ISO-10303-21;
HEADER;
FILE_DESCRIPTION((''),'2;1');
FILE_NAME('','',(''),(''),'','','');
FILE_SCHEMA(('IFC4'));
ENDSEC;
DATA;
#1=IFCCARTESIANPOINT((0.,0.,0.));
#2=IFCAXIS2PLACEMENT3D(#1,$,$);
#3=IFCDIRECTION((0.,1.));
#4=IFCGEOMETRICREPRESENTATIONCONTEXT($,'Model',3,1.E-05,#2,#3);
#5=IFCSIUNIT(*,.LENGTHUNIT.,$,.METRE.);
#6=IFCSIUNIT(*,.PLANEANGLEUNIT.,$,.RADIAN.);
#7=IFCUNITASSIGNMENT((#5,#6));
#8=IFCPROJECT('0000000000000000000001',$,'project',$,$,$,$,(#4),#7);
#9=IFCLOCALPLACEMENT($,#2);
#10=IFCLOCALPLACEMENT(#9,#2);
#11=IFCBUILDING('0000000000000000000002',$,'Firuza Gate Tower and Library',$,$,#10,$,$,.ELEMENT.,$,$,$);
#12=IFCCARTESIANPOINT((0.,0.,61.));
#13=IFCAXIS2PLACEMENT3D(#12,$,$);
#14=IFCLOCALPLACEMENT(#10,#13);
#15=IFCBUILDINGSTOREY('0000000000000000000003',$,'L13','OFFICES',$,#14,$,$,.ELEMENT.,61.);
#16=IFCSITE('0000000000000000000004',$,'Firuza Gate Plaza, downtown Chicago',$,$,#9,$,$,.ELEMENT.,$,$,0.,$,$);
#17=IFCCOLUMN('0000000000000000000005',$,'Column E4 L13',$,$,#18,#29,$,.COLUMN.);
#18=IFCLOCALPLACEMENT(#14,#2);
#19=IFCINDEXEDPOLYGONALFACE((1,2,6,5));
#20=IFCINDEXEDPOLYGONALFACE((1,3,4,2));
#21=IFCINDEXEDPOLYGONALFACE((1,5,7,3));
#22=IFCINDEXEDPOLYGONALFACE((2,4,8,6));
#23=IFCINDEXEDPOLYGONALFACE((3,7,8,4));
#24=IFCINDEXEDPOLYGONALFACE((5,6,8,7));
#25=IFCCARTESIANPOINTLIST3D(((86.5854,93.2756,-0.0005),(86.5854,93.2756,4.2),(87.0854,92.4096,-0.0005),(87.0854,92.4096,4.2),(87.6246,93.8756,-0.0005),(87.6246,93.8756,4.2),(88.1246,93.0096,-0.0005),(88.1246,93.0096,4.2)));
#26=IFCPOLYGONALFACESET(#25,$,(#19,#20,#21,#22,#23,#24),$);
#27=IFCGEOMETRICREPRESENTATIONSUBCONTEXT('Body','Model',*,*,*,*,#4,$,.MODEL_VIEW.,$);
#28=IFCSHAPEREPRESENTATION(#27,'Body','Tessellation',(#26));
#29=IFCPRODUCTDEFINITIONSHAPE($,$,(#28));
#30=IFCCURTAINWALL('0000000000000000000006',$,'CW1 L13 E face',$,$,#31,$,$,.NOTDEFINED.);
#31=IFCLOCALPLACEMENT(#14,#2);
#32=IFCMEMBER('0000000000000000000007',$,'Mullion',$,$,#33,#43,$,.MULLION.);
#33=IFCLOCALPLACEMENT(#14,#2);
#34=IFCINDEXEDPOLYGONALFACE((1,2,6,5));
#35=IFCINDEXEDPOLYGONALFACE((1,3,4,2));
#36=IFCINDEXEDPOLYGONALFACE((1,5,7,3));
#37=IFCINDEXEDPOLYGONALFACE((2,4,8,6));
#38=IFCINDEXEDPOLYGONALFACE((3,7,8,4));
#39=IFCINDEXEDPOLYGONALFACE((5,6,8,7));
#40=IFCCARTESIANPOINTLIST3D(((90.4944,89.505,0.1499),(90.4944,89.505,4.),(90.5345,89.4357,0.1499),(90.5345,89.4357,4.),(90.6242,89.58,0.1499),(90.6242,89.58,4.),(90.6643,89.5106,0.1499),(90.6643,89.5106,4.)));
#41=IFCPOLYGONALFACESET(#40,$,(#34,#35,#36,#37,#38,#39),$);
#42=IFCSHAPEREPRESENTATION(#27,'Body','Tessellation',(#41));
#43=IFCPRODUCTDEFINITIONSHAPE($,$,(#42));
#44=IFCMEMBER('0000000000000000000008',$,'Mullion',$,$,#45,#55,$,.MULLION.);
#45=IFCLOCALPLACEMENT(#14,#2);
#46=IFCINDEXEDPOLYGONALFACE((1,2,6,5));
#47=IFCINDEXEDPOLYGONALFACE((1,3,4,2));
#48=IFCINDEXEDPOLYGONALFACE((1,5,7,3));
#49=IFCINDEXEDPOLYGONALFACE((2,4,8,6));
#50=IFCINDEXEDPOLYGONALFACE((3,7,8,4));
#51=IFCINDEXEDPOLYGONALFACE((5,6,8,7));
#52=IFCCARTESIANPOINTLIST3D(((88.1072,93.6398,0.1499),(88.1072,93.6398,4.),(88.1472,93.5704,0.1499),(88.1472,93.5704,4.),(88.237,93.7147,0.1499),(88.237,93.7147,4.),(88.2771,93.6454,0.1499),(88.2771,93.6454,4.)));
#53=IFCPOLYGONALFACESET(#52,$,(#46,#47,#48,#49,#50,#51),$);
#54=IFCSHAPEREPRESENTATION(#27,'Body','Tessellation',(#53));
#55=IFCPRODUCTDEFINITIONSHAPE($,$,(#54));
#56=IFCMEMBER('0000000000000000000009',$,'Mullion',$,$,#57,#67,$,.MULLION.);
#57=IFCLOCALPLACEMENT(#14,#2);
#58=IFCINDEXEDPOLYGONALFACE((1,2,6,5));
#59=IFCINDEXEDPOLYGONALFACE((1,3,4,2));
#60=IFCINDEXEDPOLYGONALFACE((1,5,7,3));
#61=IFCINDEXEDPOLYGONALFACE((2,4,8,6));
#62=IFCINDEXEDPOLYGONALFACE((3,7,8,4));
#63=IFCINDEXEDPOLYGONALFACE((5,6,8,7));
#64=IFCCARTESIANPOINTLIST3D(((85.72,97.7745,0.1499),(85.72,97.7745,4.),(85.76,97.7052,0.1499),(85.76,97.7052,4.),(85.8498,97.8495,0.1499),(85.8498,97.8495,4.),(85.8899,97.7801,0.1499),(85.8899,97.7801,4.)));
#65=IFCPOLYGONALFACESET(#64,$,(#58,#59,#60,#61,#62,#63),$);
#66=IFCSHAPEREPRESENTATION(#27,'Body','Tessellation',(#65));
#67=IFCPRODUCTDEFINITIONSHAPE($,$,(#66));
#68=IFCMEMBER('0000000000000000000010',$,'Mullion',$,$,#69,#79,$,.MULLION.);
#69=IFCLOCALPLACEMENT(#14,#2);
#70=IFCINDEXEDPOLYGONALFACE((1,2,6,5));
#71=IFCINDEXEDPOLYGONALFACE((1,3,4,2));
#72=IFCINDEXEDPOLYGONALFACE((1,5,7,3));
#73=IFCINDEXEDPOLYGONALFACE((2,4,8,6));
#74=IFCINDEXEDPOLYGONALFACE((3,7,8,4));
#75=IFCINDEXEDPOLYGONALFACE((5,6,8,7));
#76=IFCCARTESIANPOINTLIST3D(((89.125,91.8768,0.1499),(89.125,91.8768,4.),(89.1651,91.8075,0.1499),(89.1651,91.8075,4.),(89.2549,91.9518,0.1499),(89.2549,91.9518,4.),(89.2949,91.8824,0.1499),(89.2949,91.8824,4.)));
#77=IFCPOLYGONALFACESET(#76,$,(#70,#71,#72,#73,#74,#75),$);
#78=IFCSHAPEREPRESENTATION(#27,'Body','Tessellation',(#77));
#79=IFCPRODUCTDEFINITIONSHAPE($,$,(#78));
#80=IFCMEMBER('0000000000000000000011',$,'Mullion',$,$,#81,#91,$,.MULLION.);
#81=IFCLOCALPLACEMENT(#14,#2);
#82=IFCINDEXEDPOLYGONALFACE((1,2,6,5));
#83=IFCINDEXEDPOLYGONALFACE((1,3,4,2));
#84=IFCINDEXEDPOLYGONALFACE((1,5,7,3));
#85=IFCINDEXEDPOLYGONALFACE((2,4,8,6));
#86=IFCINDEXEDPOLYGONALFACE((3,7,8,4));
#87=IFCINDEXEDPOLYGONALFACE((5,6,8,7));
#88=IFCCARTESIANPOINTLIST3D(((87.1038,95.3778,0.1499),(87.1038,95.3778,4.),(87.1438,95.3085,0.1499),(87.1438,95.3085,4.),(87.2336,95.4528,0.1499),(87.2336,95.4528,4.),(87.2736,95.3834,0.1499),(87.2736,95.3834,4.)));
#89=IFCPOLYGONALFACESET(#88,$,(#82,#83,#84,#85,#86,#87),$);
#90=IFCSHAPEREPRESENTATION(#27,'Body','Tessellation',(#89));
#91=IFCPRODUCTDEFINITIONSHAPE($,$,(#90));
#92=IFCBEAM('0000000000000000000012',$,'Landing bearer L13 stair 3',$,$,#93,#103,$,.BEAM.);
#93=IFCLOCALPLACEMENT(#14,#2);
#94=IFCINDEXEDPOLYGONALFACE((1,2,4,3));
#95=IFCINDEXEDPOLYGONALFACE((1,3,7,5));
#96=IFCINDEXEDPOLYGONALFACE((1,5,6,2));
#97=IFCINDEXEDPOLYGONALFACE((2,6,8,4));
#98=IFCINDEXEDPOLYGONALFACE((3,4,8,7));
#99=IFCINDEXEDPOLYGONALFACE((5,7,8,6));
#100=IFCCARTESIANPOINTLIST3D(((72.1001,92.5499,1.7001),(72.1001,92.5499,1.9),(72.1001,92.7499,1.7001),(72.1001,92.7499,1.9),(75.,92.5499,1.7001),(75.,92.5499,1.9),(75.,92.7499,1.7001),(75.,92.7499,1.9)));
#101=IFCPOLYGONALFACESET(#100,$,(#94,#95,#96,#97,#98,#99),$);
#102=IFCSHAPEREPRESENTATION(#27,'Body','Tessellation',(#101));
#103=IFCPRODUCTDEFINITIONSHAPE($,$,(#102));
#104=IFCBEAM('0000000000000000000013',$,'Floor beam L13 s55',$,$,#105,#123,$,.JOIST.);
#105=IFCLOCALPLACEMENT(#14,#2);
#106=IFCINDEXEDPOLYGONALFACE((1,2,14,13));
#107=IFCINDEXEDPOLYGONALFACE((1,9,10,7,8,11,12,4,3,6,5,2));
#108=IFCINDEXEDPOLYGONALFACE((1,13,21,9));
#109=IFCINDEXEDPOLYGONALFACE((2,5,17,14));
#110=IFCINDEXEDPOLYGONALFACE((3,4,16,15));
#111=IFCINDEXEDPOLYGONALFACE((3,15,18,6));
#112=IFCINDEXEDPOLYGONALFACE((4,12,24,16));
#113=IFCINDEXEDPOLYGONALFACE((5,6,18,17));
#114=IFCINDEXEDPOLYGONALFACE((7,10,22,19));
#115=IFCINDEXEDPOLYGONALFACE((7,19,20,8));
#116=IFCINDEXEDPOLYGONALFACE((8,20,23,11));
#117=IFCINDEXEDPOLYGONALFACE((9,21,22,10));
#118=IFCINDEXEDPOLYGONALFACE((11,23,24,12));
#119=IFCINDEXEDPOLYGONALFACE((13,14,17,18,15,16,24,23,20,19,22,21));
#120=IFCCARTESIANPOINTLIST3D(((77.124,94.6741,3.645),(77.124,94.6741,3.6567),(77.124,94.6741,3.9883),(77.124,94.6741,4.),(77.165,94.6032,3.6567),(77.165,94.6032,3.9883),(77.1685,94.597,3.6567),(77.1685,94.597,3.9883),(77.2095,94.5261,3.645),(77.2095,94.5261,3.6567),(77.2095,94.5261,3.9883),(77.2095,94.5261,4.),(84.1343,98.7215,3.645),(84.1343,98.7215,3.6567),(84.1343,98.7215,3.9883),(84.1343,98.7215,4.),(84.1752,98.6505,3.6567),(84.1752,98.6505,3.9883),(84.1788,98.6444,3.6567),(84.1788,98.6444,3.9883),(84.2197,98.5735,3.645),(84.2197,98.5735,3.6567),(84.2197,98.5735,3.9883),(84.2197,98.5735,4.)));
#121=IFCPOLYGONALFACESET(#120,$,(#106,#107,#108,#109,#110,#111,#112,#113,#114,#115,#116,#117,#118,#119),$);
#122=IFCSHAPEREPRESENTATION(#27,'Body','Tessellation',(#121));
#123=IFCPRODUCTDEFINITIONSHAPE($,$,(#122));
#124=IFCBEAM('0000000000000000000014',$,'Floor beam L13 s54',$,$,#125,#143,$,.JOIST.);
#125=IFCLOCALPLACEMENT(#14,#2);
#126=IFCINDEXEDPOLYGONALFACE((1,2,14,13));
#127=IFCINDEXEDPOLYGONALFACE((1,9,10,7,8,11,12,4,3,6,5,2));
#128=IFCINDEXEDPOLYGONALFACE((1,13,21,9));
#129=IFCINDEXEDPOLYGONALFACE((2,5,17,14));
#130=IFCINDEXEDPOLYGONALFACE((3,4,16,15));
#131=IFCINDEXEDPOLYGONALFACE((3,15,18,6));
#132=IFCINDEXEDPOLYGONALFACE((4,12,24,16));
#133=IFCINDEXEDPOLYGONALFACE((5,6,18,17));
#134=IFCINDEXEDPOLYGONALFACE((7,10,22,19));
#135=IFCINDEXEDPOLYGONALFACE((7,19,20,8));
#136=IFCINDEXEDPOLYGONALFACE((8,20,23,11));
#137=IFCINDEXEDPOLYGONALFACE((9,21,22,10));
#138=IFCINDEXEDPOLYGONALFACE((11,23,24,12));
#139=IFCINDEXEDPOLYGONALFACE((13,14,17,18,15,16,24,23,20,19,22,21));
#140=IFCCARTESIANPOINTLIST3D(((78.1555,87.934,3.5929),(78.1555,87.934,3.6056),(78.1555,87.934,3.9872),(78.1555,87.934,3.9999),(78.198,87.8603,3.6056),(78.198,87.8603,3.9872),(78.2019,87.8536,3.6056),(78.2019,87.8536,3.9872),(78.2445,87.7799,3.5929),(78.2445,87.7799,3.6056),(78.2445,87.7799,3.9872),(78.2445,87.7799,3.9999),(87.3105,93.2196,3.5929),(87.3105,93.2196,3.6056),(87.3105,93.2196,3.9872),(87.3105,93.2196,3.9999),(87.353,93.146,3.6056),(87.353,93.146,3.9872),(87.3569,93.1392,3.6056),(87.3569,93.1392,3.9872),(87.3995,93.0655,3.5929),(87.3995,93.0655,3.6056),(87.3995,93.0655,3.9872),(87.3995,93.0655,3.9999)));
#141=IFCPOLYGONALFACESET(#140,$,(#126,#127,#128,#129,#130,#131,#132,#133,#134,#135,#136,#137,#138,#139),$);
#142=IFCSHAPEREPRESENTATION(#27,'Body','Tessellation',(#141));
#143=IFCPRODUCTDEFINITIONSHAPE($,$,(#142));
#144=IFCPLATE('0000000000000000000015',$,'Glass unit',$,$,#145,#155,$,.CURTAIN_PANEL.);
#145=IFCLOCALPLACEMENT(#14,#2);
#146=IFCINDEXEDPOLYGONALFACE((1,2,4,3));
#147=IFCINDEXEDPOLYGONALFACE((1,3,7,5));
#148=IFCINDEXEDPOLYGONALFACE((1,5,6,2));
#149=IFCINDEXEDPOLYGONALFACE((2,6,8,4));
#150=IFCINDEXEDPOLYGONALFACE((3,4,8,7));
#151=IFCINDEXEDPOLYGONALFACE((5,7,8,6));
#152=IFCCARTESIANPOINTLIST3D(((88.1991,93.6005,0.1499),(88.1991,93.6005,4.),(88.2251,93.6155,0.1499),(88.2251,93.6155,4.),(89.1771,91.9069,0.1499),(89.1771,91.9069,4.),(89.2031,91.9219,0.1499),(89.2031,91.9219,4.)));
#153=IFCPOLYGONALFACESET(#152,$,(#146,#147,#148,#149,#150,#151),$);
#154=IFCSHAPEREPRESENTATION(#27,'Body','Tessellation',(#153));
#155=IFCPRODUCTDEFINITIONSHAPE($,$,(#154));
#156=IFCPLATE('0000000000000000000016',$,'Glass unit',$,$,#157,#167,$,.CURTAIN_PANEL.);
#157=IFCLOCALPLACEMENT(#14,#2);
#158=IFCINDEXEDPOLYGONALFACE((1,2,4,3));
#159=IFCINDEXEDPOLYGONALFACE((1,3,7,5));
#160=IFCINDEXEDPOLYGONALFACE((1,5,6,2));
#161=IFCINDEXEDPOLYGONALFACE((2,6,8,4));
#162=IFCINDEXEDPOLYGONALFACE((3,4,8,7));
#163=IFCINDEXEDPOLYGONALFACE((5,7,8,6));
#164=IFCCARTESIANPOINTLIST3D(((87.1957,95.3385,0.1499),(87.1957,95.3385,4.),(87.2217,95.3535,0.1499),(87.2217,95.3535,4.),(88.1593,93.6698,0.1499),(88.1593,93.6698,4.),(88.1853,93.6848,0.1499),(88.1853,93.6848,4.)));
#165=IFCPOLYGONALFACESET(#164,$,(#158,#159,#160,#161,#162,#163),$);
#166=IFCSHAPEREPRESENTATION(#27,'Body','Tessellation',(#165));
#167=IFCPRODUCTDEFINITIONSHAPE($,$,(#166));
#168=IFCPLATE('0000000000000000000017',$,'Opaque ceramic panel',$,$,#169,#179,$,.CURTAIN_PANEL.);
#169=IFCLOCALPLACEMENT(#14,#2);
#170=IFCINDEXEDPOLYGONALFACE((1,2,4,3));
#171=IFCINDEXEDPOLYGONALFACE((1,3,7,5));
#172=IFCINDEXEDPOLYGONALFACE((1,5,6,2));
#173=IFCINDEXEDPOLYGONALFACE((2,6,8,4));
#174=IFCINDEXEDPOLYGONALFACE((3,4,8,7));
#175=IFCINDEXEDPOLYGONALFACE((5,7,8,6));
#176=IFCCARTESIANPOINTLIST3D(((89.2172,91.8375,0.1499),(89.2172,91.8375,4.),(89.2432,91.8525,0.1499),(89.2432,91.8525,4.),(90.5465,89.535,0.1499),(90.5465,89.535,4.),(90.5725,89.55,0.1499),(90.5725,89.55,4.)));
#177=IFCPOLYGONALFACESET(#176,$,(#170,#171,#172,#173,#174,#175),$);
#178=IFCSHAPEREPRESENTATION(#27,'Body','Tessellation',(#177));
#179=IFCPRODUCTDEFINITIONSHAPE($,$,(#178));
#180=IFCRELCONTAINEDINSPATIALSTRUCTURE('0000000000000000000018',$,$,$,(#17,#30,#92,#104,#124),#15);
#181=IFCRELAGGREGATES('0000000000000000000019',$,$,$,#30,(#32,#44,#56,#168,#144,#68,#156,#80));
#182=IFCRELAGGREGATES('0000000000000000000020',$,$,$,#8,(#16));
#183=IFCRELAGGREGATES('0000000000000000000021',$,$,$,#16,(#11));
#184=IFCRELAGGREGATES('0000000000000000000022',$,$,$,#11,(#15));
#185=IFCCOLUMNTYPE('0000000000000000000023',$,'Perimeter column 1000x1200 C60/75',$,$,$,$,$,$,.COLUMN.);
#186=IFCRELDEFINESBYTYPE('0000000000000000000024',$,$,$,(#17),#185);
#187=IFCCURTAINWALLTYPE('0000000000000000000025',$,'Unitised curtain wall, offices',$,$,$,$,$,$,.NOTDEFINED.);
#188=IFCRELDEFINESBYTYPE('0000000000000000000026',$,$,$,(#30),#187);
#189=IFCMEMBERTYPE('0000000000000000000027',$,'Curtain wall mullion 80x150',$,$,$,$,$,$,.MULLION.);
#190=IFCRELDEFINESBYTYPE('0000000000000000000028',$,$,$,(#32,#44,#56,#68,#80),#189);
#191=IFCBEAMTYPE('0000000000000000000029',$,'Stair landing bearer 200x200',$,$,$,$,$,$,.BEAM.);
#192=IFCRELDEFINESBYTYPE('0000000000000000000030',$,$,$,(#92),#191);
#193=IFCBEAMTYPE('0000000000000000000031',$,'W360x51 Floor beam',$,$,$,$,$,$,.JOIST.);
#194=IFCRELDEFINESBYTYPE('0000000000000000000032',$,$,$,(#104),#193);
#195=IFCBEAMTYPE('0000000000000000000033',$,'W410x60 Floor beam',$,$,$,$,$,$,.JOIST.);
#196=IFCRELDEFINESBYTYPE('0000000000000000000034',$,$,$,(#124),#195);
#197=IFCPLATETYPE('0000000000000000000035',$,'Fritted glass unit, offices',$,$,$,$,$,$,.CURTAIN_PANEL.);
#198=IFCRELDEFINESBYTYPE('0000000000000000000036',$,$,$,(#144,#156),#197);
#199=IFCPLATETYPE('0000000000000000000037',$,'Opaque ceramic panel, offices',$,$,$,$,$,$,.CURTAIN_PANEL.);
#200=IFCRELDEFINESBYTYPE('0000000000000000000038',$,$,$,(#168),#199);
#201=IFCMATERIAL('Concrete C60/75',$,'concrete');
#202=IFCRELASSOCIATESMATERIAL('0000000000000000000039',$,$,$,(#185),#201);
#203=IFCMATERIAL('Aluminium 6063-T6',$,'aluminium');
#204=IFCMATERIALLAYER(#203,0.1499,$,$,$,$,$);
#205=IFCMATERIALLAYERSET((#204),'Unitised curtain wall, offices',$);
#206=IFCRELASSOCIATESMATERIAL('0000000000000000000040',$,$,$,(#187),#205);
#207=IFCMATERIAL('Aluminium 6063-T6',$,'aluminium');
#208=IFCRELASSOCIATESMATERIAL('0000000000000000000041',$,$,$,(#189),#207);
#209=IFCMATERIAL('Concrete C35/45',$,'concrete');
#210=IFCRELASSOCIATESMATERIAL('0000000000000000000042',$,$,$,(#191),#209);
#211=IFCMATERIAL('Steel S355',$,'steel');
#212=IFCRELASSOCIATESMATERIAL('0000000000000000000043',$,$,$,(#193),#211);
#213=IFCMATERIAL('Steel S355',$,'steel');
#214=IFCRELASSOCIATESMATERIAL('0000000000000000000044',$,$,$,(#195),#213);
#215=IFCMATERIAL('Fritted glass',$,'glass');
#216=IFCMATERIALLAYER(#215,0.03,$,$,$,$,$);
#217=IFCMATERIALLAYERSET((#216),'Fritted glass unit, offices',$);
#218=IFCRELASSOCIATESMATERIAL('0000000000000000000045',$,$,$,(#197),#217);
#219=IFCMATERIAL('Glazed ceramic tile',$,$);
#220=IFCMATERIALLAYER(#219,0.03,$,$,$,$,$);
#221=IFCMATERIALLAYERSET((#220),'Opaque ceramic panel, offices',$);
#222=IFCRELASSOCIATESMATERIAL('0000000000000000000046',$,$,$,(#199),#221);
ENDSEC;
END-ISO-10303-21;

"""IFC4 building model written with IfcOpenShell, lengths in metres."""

from ifc_helpers import new_model, si_unit, direction, frame, origin, origin_2d, place, context, subcontext, project, spatial, polyline, rectangle, i_section, outline, extrude, material, layer, layer_set, material_profile, profile_set, type_object, element, aggregate, save


model = new_model("IFC4")

# Units and contexts
model_context = context("Model", 3, precision=1e-05, world=origin(), true_north=direction((0.0, 1.0)))
body_context = subcontext(model_context, "Body", "Model", "MODEL_VIEW")
ifc_project = project(units=[si_unit("LENGTHUNIT", "METRE"), si_unit("PLANEANGLEUNIT", "RADIAN")], contexts=[model_context])

# Site, building, storey
site_placement = place(None, origin())
site = spatial("IfcSite", under=ifc_project, at=site_placement, Name="Firuza Gate Plaza, downtown Chicago", CompositionType="ELEMENT", RefElevation=0.0)
building_placement = place(site_placement, origin())
building = spatial("IfcBuilding", under=site, at=building_placement, Name="Firuza Gate Tower and Library", CompositionType="ELEMENT")
storey_placement = place(building_placement, frame((0.0, 0.0, 61.0)))
storey = spatial("IfcBuildingStorey", under=building, at=storey_placement, Name="L13", Description="OFFICES", CompositionType="ELEMENT", Elevation=61.0)

# Column
ifc_material_1 = material(Name="Concrete C60/75", Category="concrete")
ifc_material_profile_1 = material_profile(ifc_material_1, rectangle(XDim=1.0, YDim=1.2, at=origin_2d()))
ifc_profile_set_1 = profile_set([ifc_material_profile_1], Name="Concrete C60/75")
column_type = type_object("IfcColumnType", Name="Perimeter column 1000x1200 C60/75", PredefinedType="COLUMN", material=ifc_profile_set_1)
column_placement = place(storey_placement, frame((87.355, 93.1426, -0.0005), z_axis=(0.0, 0.0, 1.0), x_axis=(-0.5, 0.866025, 0.0)))
element("IfcColumn", 1, at=column_placement, inside=storey, type_object=column_type, Name="Column E4 L13", PredefinedType="COLUMN", context=body_context, shape_type="SweptSolid", body=[
    extrude(rectangle(XDim=1.0, YDim=1.2, at=origin_2d()), origin(), (0.0, 0.0, 1.0), 4.2004),
])

# Curtain wall, members
ifc_material_2 = material(Name="Aluminium 6063-T6", Category="aluminium")
ifc_layer_1 = layer(ifc_material_2, 0.1499)
ifc_layer_set_1 = layer_set([ifc_layer_1], Name="Unitised curtain wall, offices")
curtain_wall_type = type_object("IfcCurtainWallType", Name="Unitised curtain wall, offices", PredefinedType="NOTDEFINED", material=ifc_layer_set_1)
curtain_wall_placement = place(storey_placement, origin())
curtain_wall = element("IfcCurtainWall", 2, at=curtain_wall_placement, inside=storey, type_object=curtain_wall_type, Name="CW1 L13 E face", PredefinedType="NOTDEFINED")
ifc_material_3 = material(Name="Aluminium 6063-T6", Category="aluminium")
ifc_material_profile_2 = material_profile(ifc_material_3, rectangle(XDim=0.1499, YDim=0.0801, at=origin_2d()))
ifc_profile_set_2 = profile_set([ifc_material_profile_2], Name="Aluminium 6063-T6")
member_type = type_object("IfcMemberType", Name="Curtain wall mullion 80x150", PredefinedType="MULLION", material=ifc_profile_set_2)
member_1_placement = place(storey_placement, frame((90.5793, 89.5078, 0.1499), z_axis=(0.0, 0.0, 1.0), x_axis=(-0.866025, -0.5, 0.0)))
member_1 = element("IfcMember", 3, at=member_1_placement, type_object=member_type, Name="Mullion", PredefinedType="MULLION", context=body_context, shape_type="SweptSolid", body=[
    extrude(rectangle(XDim=0.1499, YDim=0.0801, at=origin_2d()), origin(), (0.0, 0.0, 1.0), 3.8501),
])
member_2_placement = place(storey_placement, frame((88.1921, 93.6426, 0.1499), z_axis=(0.0, 0.0, 1.0), x_axis=(-0.866025, -0.5, 0.0)))
member_2 = element("IfcMember", 4, at=member_2_placement, type_object=member_type, Name="Mullion", PredefinedType="MULLION", context=body_context, shape_type="SweptSolid", body=[
    extrude(rectangle(XDim=0.1499, YDim=0.0801, at=origin_2d()), origin(), (0.0, 0.0, 1.0), 3.8501),
])
member_3_placement = place(storey_placement, frame((85.8049, 97.7773, 0.1499), z_axis=(0.0, 0.0, 1.0), x_axis=(-0.866025, -0.5, 0.0)))
member_3 = element("IfcMember", 5, at=member_3_placement, type_object=member_type, Name="Mullion", PredefinedType="MULLION", context=body_context, shape_type="SweptSolid", body=[
    extrude(rectangle(XDim=0.1499, YDim=0.0801, at=origin_2d()), origin(), (0.0, 0.0, 1.0), 3.8501),
])
member_4_placement = place(storey_placement, frame((89.21, 91.8796, 0.1499), z_axis=(0.0, 0.0, 1.0), x_axis=(-0.866025, -0.5, 0.0)))
member_4 = element("IfcMember", 6, at=member_4_placement, type_object=member_type, Name="Mullion", PredefinedType="MULLION", context=body_context, shape_type="SweptSolid", body=[
    extrude(rectangle(XDim=0.1499, YDim=0.0801, at=origin_2d()), origin(), (0.0, 0.0, 1.0), 3.8501),
])
member_5_placement = place(storey_placement, frame((87.1887, 95.3806, 0.1499), z_axis=(0.0, 0.0, 1.0), x_axis=(-0.866025, -0.5, 0.0)))
member_5 = element("IfcMember", 7, at=member_5_placement, type_object=member_type, Name="Mullion", PredefinedType="MULLION", context=body_context, shape_type="SweptSolid", body=[
    extrude(rectangle(XDim=0.1499, YDim=0.0801, at=origin_2d()), origin(), (0.0, 0.0, 1.0), 3.8501),
])

# Beams
ifc_material_4 = material(Name="Concrete C35/45", Category="concrete")
ifc_material_profile_3 = material_profile(ifc_material_4, rectangle(XDim=0.2, YDim=0.2, at=origin_2d()))
ifc_profile_set_3 = profile_set([ifc_material_profile_3], Name="Concrete C35/45")
beam_type_1 = type_object("IfcBeamType", Name="Stair landing bearer 200x200", PredefinedType="BEAM", material=ifc_profile_set_3)
beam_1_placement = place(storey_placement, frame((75.0, 92.6499, 1.8), z_axis=(-1.0, 0.0, 0.0), x_axis=(0.0, -1.0, 0.0)))
element("IfcBeam", 8, at=beam_1_placement, inside=storey, type_object=beam_type_1, Name="Landing bearer L13 stair 3", PredefinedType="BEAM", context=body_context, shape_type="SweptSolid", body=[
    extrude(rectangle(XDim=0.2, YDim=0.2, at=origin_2d()), origin(), (0.0, 0.0, 1.0), 2.8999),
])
ifc_material_5 = material(Name="Steel S355", Category="steel")
ifc_material_profile_4 = material_profile(ifc_material_5, i_section(OverallWidth=0.1709, OverallDepth=0.355, WebThickness=0.0071, FlangeThickness=0.0117, at=origin_2d()))
ifc_profile_set_4 = profile_set([ifc_material_profile_4], Name="Steel S355")
beam_type_2 = type_object("IfcBeamType", Name="W360x51 Floor beam", PredefinedType="JOIST", material=ifc_profile_set_4)
beam_2_placement = place(storey_placement, frame((84.177, 98.6475, 3.8225), z_axis=(-0.866026, -0.499999, 0.0), x_axis=(0.499999, -0.866026, 0.0)))
element("IfcBeam", 9, at=beam_2_placement, inside=storey, type_object=beam_type_2, Name="Floor beam L13 s55", PredefinedType="JOIST", context=body_context, shape_type="SweptSolid", body=[
    extrude(i_section(OverallWidth=0.1709, OverallDepth=0.355, WebThickness=0.0071, FlangeThickness=0.0117, at=origin_2d()), origin(), (0.0, 0.0, 1.0), 8.0947),
])
ifc_material_6 = material(Name="Steel S355", Category="steel")
ifc_material_profile_5 = material_profile(ifc_material_6, i_section(OverallWidth=0.178, OverallDepth=0.407, WebThickness=0.0078, FlangeThickness=0.0127, at=origin_2d()))
ifc_profile_set_5 = profile_set([ifc_material_profile_5], Name="Steel S355")
beam_type_3 = type_object("IfcBeamType", Name="W410x60 Floor beam", PredefinedType="JOIST", material=ifc_profile_set_5)
beam_3_placement = place(storey_placement, frame((87.355, 93.1426, 3.7964), z_axis=(-0.866026, -0.499999, 0.0), x_axis=(0.499999, -0.866026, 0.0)))
element("IfcBeam", 10, at=beam_3_placement, inside=storey, type_object=beam_type_3, Name="Floor beam L13 s54", PredefinedType="JOIST", context=body_context, shape_type="SweptSolid", body=[
    extrude(i_section(OverallWidth=0.178, OverallDepth=0.407, WebThickness=0.0078, FlangeThickness=0.0127, at=origin_2d()), origin(), (0.0, 0.0, 1.0), 10.5713),
])

# Plates
ifc_material_7 = material(Name="Fritted glass", Category="glass")
ifc_layer_2 = layer(ifc_material_7, 0.03)
ifc_layer_set_2 = layer_set([ifc_layer_2], Name="Fritted glass unit, offices")
plate_type_1 = type_object("IfcPlateType", Name="Fritted glass unit, offices", PredefinedType="CURTAIN_PANEL", material=ifc_layer_set_2)
plate_1_placement = place(storey_placement, frame((89.2031, 91.9219, 0.1499), z_axis=(0.865976, 0.500086, 0.0), x_axis=(-0.500086, 0.865976, 0.0)))
plate_1 = element("IfcPlate", 11, at=plate_1_placement, type_object=plate_type_1, Name="Glass unit", PredefinedType="CURTAIN_PANEL", context=body_context, shape_type="SweptSolid", body=[
    extrude(outline(polyline([(0.0, 0.0), (1.9557, 0.0), (1.9557, 3.8501), (0.0, 3.8501), (0.0, 0.0)])), origin(), (0.0, 0.0, -1.0), 0.03),
])
plate_2_placement = place(storey_placement, frame((88.1853, 93.6848, 0.1499), z_axis=(0.865981, 0.500077, 0.0), x_axis=(-0.500077, 0.865981, 0.0)))
plate_2 = element("IfcPlate", 12, at=plate_2_placement, type_object=plate_type_1, Name="Glass unit", PredefinedType="CURTAIN_PANEL", context=body_context, shape_type="SweptSolid", body=[
    extrude(outline(polyline([(0.0, 0.0), (1.9269, 0.0), (1.9269, 3.8501), (0.0, 3.8501), (0.0, 0.0)])), origin(), (0.0, 0.0, -1.0), 0.03),
])
ifc_material_8 = material(Name="Glazed ceramic tile")
ifc_layer_3 = layer(ifc_material_8, 0.03)
ifc_layer_set_3 = layer_set([ifc_layer_3], Name="Opaque ceramic panel, offices")
plate_type_2 = type_object("IfcPlateType", Name="Opaque ceramic panel, offices", PredefinedType="CURTAIN_PANEL", material=ifc_layer_set_3)
plate_3_placement = place(storey_placement, frame((90.5725, 89.55, 0.1499), z_axis=(0.866025, 0.500001, 0.0), x_axis=(-0.500001, 0.866025, 0.0)))
plate_3 = element("IfcPlate", 13, at=plate_3_placement, type_object=plate_type_2, Name="Opaque ceramic panel", PredefinedType="CURTAIN_PANEL", context=body_context, shape_type="SweptSolid", body=[
    extrude(outline(polyline([(0.0, 0.0), (2.6587, 0.0), (2.6587, 3.8501), (0.0, 3.8501), (0.0, 0.0)])), origin(), (0.0, 0.0, -1.0), 0.03),
])
aggregate(curtain_wall, [member_1, member_2, member_3, plate_3, plate_1, member_4, plate_2, member_5])

save(model, "model.ifc")
